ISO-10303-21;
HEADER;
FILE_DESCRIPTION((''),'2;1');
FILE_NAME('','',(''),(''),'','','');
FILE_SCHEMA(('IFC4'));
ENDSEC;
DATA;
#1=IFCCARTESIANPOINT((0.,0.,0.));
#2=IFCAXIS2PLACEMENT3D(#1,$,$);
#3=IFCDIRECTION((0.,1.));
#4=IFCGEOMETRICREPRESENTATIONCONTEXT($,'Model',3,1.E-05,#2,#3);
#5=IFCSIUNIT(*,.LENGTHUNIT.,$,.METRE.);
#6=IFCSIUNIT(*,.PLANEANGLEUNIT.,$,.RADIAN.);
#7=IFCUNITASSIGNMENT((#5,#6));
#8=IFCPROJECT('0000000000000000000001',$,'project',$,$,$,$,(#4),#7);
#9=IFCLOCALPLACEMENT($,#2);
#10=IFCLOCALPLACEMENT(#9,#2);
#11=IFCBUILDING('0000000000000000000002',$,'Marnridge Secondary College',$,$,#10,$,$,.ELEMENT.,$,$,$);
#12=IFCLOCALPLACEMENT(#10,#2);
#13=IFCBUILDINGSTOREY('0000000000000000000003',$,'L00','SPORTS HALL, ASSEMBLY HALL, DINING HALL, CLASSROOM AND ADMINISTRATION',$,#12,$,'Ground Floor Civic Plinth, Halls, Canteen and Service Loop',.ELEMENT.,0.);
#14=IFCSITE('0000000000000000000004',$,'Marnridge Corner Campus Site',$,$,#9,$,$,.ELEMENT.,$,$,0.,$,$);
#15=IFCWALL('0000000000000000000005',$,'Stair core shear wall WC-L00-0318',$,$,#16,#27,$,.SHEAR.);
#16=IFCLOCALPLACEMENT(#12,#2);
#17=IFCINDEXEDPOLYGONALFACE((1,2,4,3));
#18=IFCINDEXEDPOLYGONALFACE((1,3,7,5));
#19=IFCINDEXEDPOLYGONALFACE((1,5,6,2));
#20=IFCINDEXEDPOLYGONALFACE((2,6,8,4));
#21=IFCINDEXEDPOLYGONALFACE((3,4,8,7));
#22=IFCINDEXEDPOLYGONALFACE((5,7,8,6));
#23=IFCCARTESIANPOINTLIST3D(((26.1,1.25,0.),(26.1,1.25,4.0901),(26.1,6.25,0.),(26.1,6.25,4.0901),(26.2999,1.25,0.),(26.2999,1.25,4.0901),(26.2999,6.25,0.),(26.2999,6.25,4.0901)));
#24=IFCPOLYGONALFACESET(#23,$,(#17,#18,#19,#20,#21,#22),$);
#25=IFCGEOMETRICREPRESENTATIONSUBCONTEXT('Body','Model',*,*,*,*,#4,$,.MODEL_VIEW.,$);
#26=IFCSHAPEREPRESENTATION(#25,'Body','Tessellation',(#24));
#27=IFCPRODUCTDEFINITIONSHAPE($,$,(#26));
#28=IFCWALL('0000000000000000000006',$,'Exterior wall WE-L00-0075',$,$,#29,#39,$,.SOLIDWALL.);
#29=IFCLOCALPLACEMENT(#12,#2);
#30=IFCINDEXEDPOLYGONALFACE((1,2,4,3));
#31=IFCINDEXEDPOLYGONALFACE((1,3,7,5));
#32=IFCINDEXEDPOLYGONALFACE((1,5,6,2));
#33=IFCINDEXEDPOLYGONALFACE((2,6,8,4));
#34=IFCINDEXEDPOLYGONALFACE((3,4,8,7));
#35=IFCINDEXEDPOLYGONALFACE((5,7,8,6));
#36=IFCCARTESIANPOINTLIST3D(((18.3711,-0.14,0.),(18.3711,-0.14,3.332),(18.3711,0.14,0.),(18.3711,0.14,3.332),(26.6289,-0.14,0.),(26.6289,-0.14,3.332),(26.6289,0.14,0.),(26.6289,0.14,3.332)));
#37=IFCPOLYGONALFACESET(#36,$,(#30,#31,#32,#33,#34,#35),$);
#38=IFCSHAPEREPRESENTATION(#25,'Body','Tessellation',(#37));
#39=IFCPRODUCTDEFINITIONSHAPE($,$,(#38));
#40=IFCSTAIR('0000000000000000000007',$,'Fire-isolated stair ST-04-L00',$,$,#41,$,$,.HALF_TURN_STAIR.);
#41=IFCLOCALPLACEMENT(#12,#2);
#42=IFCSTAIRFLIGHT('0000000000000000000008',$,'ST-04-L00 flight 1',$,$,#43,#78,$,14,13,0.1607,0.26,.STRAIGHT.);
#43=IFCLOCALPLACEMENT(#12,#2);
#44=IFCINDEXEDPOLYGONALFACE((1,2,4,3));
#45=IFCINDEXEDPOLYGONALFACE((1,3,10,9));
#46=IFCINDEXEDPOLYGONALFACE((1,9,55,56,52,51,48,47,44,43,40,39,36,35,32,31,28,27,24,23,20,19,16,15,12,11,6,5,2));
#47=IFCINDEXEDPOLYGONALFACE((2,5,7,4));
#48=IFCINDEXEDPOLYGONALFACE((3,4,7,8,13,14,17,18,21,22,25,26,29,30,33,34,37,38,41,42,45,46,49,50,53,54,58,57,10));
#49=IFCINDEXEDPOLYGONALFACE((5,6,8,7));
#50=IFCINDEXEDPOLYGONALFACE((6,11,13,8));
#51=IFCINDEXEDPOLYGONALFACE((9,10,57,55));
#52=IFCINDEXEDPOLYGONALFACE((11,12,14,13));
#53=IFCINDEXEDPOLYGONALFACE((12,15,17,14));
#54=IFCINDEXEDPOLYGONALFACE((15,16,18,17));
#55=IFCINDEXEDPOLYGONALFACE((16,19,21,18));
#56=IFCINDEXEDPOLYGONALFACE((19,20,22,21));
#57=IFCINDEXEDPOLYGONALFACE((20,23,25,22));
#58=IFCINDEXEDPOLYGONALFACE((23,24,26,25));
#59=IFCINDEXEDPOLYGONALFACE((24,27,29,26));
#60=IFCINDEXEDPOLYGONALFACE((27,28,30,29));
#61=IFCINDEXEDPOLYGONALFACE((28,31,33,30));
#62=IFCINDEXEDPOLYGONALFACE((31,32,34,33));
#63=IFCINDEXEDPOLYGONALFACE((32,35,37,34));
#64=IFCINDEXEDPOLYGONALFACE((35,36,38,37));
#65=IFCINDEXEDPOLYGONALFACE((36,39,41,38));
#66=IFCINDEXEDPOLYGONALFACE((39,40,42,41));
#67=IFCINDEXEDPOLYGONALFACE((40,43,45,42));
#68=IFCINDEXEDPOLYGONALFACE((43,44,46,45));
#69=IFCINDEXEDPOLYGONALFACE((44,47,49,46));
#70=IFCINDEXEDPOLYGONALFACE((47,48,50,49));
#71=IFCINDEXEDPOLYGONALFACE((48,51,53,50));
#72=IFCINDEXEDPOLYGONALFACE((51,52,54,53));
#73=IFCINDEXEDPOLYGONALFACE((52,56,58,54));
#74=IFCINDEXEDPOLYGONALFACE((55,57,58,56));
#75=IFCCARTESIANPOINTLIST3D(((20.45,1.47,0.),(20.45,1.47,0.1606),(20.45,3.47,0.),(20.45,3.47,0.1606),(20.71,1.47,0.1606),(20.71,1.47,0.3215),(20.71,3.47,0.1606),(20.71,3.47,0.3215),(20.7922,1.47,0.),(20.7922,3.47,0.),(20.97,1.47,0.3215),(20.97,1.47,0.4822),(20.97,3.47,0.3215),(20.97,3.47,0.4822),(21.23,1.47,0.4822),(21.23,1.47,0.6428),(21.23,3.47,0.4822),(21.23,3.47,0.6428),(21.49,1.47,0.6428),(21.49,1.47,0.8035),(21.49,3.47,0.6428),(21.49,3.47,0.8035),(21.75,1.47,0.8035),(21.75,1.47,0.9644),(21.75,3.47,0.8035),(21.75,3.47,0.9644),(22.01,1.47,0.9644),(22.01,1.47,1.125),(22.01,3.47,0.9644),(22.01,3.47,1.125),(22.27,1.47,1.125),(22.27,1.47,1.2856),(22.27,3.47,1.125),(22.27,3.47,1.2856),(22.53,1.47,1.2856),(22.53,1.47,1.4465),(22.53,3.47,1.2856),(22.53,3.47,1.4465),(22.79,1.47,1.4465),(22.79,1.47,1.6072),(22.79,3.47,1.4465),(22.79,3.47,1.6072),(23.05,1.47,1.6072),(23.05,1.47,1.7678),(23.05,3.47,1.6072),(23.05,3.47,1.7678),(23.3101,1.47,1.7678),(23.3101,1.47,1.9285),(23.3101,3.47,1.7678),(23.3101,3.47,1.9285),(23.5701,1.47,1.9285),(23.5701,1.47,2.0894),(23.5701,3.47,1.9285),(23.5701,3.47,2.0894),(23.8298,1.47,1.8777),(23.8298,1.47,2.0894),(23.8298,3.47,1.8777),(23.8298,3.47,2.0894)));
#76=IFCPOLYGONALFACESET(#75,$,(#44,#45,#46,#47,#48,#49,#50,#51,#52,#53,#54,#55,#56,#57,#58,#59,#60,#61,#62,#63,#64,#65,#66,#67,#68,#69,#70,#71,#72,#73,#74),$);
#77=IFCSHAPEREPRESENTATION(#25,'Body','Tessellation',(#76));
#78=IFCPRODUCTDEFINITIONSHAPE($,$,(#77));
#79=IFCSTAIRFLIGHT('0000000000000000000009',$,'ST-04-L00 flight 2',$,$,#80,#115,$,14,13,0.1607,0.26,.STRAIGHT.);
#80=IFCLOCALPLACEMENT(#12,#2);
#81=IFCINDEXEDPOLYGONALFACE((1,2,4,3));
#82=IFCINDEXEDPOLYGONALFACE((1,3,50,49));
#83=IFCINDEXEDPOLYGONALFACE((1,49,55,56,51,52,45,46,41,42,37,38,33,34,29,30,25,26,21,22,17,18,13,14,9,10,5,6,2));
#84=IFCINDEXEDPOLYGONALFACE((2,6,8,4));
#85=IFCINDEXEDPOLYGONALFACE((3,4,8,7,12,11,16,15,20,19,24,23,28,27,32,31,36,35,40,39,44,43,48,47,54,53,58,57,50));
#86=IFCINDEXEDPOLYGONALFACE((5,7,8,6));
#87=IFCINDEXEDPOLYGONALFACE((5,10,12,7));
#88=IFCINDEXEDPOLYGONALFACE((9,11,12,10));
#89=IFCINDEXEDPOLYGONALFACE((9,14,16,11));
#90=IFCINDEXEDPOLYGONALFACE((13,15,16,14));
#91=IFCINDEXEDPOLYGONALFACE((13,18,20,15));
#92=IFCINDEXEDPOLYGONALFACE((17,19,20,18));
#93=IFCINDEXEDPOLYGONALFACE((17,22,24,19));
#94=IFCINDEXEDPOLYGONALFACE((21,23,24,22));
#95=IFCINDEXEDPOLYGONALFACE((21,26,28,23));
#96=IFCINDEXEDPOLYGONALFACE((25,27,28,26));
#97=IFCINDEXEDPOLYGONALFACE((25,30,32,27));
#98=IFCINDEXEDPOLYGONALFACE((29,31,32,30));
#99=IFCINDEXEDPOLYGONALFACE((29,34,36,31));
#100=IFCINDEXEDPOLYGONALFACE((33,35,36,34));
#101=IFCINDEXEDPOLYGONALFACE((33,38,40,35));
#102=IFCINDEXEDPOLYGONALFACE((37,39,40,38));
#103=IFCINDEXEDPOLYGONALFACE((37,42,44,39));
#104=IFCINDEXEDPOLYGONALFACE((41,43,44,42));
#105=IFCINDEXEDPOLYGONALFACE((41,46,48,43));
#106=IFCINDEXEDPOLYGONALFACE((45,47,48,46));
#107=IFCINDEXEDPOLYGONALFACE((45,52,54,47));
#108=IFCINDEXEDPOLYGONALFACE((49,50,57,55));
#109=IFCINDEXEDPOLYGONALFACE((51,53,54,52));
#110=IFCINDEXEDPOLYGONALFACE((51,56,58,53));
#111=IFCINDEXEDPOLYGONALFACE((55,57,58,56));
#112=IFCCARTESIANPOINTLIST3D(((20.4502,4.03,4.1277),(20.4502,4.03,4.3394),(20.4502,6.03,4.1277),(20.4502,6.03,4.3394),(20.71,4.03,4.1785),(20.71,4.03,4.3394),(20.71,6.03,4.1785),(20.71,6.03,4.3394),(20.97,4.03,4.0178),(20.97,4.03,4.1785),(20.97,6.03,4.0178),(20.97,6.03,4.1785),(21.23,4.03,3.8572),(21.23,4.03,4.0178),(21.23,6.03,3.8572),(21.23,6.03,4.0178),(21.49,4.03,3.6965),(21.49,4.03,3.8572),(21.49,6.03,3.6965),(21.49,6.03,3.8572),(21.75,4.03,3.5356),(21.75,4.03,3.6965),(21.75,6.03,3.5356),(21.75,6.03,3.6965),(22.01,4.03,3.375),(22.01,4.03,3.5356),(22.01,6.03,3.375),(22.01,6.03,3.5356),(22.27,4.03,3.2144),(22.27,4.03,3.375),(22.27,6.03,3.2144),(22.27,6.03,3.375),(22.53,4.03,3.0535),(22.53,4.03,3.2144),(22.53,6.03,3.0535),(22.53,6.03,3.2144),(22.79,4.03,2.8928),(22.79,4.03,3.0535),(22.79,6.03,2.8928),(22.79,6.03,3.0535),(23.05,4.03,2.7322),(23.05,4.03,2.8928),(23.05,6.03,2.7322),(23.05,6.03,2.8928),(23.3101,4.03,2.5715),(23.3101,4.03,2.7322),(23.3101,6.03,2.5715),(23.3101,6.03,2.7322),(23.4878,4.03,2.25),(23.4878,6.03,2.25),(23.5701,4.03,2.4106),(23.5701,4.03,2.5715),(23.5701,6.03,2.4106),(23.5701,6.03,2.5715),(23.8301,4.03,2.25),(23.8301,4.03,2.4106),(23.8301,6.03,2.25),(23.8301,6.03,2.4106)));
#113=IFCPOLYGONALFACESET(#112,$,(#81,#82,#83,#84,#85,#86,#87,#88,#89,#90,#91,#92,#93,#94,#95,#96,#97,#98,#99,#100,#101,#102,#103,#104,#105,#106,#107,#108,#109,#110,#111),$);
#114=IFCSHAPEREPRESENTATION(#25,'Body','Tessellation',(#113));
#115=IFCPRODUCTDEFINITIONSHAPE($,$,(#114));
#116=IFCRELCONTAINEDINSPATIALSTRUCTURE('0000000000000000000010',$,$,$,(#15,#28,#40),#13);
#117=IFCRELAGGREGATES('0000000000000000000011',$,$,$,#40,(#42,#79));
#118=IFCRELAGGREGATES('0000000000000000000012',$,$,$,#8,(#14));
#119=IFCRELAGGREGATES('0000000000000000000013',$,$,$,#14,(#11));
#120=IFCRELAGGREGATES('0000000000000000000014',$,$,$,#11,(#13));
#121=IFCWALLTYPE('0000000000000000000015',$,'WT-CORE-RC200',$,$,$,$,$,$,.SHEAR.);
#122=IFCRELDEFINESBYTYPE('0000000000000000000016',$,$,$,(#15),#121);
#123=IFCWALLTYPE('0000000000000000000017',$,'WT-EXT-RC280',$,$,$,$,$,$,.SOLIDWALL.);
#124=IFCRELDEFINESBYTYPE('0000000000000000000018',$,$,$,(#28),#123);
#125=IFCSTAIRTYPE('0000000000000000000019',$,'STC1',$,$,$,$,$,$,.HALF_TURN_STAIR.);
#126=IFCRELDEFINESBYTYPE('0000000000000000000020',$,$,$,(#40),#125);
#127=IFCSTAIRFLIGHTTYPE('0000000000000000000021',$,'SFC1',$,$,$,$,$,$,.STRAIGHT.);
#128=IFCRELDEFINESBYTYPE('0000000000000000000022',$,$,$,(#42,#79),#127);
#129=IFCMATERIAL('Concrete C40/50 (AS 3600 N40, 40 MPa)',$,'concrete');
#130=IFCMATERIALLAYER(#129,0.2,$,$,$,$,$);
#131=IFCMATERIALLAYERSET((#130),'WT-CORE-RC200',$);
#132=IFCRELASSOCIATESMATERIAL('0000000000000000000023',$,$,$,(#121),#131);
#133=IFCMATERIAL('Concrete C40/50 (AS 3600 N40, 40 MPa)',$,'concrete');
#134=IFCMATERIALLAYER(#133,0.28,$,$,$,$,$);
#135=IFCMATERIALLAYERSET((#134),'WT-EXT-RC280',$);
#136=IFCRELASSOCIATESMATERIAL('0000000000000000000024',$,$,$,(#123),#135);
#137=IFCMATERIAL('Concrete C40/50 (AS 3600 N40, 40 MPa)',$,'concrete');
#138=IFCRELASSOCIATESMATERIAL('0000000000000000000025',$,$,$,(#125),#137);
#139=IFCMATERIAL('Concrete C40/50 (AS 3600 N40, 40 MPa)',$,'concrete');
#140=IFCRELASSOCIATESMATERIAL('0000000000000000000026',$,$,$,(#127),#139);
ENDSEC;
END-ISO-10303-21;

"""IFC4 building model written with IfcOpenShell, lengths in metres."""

from ifc_helpers import new_model, si_unit, direction, frame, frame_2d, origin, place, context, subcontext, project, spatial, polyline, rectangle, outline, extrude, material, layer, layer_set, type_object, element, aggregate, save


model = new_model("IFC4")

# Units and contexts
model_context = context("Model", 3, precision=1e-05, world=origin(), true_north=direction((0.0, 1.0)))
body_context = subcontext(model_context, "Body", "Model", "MODEL_VIEW")
ifc_project = project(units=[si_unit("LENGTHUNIT", "METRE"), si_unit("PLANEANGLEUNIT", "RADIAN")], contexts=[model_context])

# Site, building, storey
site_placement = place(None, origin())
site = spatial("IfcSite", under=ifc_project, at=site_placement, Name="Marnridge Corner Campus Site", CompositionType="ELEMENT", RefElevation=0.0)
building_placement = place(site_placement, origin())
building = spatial("IfcBuilding", under=site, at=building_placement, Name="Marnridge Secondary College", CompositionType="ELEMENT")
storey_placement = place(building_placement, origin())
storey = spatial("IfcBuildingStorey", under=building, at=storey_placement, Name="L00", Description="SPORTS HALL, ASSEMBLY HALL, DINING HALL, CLASSROOM AND ADMINISTRATION", LongName="Ground Floor Civic Plinth, Halls, Canteen and Service Loop", CompositionType="ELEMENT", Elevation=0.0)

# Wall
ifc_material_1 = material(Name="Concrete C40/50 (AS 3600 N40, 40 MPa)", Category="concrete")
ifc_layer_1 = layer(ifc_material_1, 0.2)
ifc_layer_set_1 = layer_set([ifc_layer_1], Name="WT-CORE-RC200")
wall_type_1 = type_object("IfcWallType", Name="WT-CORE-RC200", PredefinedType="SHEAR", material=ifc_layer_set_1)
wall_1_placement = place(storey_placement, frame((26.2, 1.25, 0.0), z_axis=(0.0, 0.0, 1.0), x_axis=(0.0, 1.0, 0.0)))
element("IfcWall", 1, at=wall_1_placement, inside=storey, type_object=wall_type_1, Name="Stair core shear wall WC-L00-0318", PredefinedType="SHEAR", context=body_context, shape_type="SweptSolid", body=[
    extrude(rectangle(XDim=5.0, YDim=0.2, at=frame_2d((2.5, 0.0))), origin(), (0.0, 0.0, 1.0), 4.0901),
])

# Wall
ifc_material_2 = material(Name="Concrete C40/50 (AS 3600 N40, 40 MPa)", Category="concrete")
ifc_layer_2 = layer(ifc_material_2, 0.28)
ifc_layer_set_2 = layer_set([ifc_layer_2], Name="WT-EXT-RC280")
wall_type_2 = type_object("IfcWallType", Name="WT-EXT-RC280", PredefinedType="SOLIDWALL", material=ifc_layer_set_2)
wall_2_placement = place(storey_placement, frame((26.6289, 0.0, 0.0), z_axis=(0.0, 0.0, 1.0), x_axis=(-1.0, 0.0, 0.0)))
element("IfcWall", 2, at=wall_2_placement, inside=storey, type_object=wall_type_2, Name="Exterior wall WE-L00-0075", PredefinedType="SOLIDWALL", context=body_context, shape_type="SweptSolid", body=[
    extrude(rectangle(XDim=8.2578, YDim=0.28, at=frame_2d((4.1289, 0.0))), origin(), (0.0, 0.0, 1.0), 3.332),
])

# Stair, stair flights
ifc_material_3 = material(Name="Concrete C40/50 (AS 3600 N40, 40 MPa)", Category="concrete")
stair_type = type_object("IfcStairType", Name="STC1", PredefinedType="HALF_TURN_STAIR", material=ifc_material_3)
stair_placement = place(storey_placement, origin())
stair = element("IfcStair", 3, at=stair_placement, inside=storey, type_object=stair_type, Name="Fire-isolated stair ST-04-L00", PredefinedType="HALF_TURN_STAIR")
ifc_material_4 = material(Name="Concrete C40/50 (AS 3600 N40, 40 MPa)", Category="concrete")
stair_flight_type = type_object("IfcStairFlightType", Name="SFC1", PredefinedType="STRAIGHT", material=ifc_material_4)
stair_flight_1_placement = place(storey_placement, frame((20.45, 2.47, 0.0), z_axis=(0.0, 0.0, 1.0), x_axis=(1.0, 0.0, 0.0)))
stair_flight_1 = element("IfcStairFlight", 4, at=stair_flight_1_placement, type_object=stair_flight_type, Name="ST-04-L00 flight 1", NumberOfRisers=14, NumberOfTreads=13, PredefinedType="STRAIGHT", RiserHeight=0.1607, TreadLength=0.26, context=body_context, shape_type="SweptSolid", body=[
    extrude(outline(polyline([(0.0, 0.0), (0.0, 0.1606), (0.26, 0.1606), (0.26, 0.3215), (0.52, 0.3215), (0.52, 0.4822), (0.78, 0.4822), (0.78, 0.6428), (1.04, 0.6428), (1.04, 0.8035), (1.3, 0.8035), (1.3, 0.9644), (1.5601, 0.9644), (1.5601, 1.125), (1.8201, 1.125), (1.8201, 1.2856), (2.0801, 1.2856), (2.0801, 1.4465), (2.3401, 1.4465), (2.3401, 1.6072), (2.6001, 1.6072), (2.6001, 1.7678), (2.8601, 1.7678), (2.8601, 1.9285), (3.1201, 1.9285), (3.1201, 2.0894), (3.3799, 2.0894), (3.3799, 2.25), (3.3799, 1.8777), (0.3423, 0.0), (0.0, 0.0)])), frame((0.0, 1.0, 0.0), z_axis=(0.0, -1.0, 0.0), x_axis=(1.0, 0.0, 0.0)), (0.0, 0.0, 1.0), 2.0),
])
stair_flight_2_placement = place(storey_placement, frame((23.8301, 5.03, 2.25), z_axis=(0.0, 0.0, 1.0), x_axis=(-1.0, 0.0, 0.0)))
stair_flight_2 = element("IfcStairFlight", 5, at=stair_flight_2_placement, type_object=stair_flight_type, Name="ST-04-L00 flight 2", NumberOfRisers=14, NumberOfTreads=13, PredefinedType="STRAIGHT", RiserHeight=0.1607, TreadLength=0.26, context=body_context, shape_type="SweptSolid", body=[
    extrude(outline(polyline([(0.0, 0.0), (0.0, 0.1606), (0.26, 0.1606), (0.26, 0.3215), (0.52, 0.3215), (0.52, 0.4822), (0.78, 0.4822), (0.78, 0.6428), (1.04, 0.6428), (1.04, 0.8035), (1.3, 0.8035), (1.3, 0.9644), (1.5601, 0.9644), (1.5601, 1.125), (1.8201, 1.125), (1.8201, 1.2856), (2.0801, 1.2856), (2.0801, 1.4465), (2.3401, 1.4465), (2.3401, 1.6072), (2.6001, 1.6072), (2.6001, 1.7678), (2.8601, 1.7678), (2.8601, 1.9285), (3.1201, 1.9285), (3.1201, 2.0894), (3.3799, 2.0894), (3.3799, 2.25), (3.3799, 1.8777), (0.3423, 0.0), (0.0, 0.0)])), frame((0.0, 1.0, 0.0), z_axis=(0.0, -1.0, 0.0), x_axis=(1.0, 0.0, 0.0)), (0.0, 0.0, 1.0), 2.0),
])
aggregate(stair, [stair_flight_1, stair_flight_2])

save(model, "model.ifc")
